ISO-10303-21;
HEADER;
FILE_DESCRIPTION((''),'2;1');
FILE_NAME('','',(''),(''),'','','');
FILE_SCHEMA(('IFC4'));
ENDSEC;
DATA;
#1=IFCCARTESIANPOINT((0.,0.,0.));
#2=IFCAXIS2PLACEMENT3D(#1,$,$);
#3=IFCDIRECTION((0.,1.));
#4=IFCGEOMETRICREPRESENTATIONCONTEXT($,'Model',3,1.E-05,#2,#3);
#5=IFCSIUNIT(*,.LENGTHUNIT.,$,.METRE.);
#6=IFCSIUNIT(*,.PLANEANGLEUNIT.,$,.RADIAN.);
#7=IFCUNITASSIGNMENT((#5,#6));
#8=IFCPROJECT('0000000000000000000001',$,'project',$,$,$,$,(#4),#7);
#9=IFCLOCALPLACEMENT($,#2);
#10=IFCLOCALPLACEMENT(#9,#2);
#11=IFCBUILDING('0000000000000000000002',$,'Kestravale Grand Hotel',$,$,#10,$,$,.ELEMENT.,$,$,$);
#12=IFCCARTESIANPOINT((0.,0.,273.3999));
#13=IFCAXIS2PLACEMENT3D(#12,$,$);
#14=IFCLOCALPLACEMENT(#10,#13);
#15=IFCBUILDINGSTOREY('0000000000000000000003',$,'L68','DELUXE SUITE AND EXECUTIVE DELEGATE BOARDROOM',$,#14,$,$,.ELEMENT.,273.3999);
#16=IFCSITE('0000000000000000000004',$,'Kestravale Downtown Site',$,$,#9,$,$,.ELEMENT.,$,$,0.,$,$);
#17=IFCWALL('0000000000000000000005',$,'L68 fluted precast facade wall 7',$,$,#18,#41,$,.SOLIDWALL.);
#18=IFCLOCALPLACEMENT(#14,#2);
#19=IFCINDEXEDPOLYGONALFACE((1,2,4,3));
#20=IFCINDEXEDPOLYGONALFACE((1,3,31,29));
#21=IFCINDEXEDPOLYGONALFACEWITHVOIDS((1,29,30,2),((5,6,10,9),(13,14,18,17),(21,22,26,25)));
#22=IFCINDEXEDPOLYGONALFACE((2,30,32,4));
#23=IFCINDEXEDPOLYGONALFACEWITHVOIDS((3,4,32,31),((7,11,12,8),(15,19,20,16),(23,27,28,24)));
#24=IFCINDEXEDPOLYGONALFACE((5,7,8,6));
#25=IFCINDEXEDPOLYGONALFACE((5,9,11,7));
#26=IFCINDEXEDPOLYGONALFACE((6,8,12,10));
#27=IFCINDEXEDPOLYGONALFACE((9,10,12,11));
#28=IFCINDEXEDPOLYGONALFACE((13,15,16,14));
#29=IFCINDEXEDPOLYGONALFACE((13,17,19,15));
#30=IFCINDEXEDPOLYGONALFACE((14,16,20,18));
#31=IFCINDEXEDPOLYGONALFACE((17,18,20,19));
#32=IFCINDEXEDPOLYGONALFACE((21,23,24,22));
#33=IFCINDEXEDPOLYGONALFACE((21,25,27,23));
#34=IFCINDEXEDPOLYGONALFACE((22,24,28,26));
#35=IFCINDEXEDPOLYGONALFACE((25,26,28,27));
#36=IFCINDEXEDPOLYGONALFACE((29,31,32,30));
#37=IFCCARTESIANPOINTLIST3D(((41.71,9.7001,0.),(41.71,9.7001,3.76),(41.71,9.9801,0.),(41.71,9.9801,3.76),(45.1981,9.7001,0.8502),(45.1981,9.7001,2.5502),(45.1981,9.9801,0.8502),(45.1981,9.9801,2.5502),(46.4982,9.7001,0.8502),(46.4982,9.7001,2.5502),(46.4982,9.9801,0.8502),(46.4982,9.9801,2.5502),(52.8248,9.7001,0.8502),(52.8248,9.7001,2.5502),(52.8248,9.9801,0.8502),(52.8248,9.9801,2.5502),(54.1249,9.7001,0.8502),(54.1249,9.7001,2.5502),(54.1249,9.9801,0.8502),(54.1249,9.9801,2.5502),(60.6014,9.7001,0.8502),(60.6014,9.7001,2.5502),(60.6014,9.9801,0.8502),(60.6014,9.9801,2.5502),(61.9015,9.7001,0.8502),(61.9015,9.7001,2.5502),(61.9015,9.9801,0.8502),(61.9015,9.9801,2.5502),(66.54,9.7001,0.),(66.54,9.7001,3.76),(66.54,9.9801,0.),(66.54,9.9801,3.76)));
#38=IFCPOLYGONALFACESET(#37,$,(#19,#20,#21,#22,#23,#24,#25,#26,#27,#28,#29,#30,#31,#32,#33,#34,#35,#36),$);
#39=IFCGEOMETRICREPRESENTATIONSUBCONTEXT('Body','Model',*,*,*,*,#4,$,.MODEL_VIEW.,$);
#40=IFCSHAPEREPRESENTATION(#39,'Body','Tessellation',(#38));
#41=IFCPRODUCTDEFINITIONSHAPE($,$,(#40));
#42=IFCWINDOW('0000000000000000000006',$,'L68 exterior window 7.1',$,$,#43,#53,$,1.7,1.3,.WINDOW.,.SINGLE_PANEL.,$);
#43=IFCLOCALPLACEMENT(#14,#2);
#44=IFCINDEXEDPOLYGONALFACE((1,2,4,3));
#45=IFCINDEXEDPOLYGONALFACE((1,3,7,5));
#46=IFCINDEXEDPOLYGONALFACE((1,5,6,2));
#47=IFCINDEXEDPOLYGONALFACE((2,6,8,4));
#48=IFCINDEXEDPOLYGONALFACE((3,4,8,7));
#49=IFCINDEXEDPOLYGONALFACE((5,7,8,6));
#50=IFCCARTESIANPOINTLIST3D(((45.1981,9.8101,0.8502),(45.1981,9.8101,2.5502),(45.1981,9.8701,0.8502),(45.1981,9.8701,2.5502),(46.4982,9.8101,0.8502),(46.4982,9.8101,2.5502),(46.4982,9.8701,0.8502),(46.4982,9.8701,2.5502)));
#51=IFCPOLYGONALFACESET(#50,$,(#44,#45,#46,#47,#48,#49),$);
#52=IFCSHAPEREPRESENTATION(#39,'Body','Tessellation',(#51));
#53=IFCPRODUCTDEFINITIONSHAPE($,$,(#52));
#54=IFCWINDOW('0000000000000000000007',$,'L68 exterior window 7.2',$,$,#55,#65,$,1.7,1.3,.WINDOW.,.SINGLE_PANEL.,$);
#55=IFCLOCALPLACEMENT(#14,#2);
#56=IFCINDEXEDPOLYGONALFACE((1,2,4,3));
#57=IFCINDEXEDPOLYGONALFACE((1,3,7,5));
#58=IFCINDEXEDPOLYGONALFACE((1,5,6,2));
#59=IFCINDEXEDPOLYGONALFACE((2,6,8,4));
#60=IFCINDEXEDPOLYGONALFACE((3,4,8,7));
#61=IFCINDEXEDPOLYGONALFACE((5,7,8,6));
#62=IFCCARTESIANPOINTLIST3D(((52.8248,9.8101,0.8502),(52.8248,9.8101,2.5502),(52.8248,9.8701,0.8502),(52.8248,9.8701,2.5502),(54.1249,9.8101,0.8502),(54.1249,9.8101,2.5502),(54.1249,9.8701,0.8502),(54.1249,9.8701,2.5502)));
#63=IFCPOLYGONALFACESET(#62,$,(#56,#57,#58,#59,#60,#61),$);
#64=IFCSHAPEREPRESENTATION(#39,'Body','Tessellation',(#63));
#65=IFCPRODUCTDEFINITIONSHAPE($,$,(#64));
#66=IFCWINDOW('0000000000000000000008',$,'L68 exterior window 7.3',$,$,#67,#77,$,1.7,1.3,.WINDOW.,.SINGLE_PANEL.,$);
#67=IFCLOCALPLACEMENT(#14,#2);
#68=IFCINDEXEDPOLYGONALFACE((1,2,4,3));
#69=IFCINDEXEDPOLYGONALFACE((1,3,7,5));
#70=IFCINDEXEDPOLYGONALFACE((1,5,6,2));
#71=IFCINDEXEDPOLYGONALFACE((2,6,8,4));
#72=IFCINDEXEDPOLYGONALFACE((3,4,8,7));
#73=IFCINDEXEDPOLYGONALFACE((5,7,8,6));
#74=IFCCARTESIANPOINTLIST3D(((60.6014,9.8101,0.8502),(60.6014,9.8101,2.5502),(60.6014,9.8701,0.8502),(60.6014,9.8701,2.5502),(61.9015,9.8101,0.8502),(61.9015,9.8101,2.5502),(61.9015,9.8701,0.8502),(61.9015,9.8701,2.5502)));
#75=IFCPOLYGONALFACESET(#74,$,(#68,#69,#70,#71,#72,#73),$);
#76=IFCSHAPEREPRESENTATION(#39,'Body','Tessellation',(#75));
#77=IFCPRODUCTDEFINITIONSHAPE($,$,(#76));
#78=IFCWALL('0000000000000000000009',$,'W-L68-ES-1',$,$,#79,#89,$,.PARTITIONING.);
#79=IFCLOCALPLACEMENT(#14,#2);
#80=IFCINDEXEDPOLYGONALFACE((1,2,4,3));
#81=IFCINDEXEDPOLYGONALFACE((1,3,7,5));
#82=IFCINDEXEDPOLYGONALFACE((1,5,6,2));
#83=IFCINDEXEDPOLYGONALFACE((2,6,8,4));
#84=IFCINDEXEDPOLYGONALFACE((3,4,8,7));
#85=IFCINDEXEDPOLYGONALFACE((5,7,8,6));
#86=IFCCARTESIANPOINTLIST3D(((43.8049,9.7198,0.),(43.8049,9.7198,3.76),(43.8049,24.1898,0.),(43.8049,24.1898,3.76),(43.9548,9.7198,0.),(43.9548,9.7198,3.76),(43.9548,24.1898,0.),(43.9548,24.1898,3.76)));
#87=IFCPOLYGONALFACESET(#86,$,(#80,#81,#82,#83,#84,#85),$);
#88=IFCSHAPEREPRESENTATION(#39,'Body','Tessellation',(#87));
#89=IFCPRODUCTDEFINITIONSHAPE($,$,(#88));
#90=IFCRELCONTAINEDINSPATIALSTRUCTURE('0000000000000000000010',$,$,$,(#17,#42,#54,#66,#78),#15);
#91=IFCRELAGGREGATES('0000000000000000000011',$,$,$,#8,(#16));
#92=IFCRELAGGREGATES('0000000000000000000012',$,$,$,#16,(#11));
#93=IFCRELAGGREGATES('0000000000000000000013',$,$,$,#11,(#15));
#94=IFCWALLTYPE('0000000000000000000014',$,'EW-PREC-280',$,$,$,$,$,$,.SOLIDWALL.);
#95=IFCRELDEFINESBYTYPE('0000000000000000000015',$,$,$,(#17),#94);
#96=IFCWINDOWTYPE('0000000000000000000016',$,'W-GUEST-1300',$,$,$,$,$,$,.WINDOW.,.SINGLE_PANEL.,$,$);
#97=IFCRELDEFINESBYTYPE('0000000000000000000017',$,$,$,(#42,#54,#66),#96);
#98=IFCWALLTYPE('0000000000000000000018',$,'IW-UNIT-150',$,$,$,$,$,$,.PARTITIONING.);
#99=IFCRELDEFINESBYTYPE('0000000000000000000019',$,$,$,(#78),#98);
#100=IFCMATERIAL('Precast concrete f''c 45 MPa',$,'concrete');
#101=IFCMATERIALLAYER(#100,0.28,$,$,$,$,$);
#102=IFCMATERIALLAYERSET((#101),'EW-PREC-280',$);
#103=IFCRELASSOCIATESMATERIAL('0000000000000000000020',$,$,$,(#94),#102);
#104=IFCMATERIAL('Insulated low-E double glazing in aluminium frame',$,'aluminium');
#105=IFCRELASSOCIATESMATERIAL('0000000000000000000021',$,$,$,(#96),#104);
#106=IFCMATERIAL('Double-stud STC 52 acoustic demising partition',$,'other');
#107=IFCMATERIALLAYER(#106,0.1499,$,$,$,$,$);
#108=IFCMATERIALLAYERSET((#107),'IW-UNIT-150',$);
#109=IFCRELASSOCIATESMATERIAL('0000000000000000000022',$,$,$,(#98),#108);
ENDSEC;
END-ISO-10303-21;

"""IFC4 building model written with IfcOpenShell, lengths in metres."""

from ifc_helpers import new_model, si_unit, direction, frame, frame_2d, origin, place, context, subcontext, project, spatial, rectangle, extrude, material, layer, layer_set, type_object, element, fill, save


model = new_model("IFC4")

# Units and contexts
model_context = context("Model", 3, precision=1e-05, world=origin(), true_north=direction((0.0, 1.0)))
body_context = subcontext(model_context, "Body", "Model", "MODEL_VIEW")
ifc_project = project(units=[si_unit("LENGTHUNIT", "METRE"), si_unit("PLANEANGLEUNIT", "RADIAN")], contexts=[model_context])

# Site, building, storey
site_placement = place(None, origin())
site = spatial("IfcSite", under=ifc_project, at=site_placement, Name="Kestravale Downtown Site", CompositionType="ELEMENT", RefElevation=0.0)
building_placement = place(site_placement, origin())
building = spatial("IfcBuilding", under=site, at=building_placement, Name="Kestravale Grand Hotel", CompositionType="ELEMENT")
storey_placement = place(building_placement, frame((0.0, 0.0, 273.3999)))
storey = spatial("IfcBuildingStorey", under=building, at=storey_placement, Name="L68", Description="DELUXE SUITE AND EXECUTIVE DELEGATE BOARDROOM", CompositionType="ELEMENT", Elevation=273.3999)

# Shared definitions
ifc_material_1 = material(Name="Precast concrete f'c 45 MPa", Category="concrete")
ifc_layer_1 = layer(ifc_material_1, 0.28)
ifc_layer_set_1 = layer_set([ifc_layer_1], Name="EW-PREC-280")
wall_type_1 = type_object("IfcWallType", Name="EW-PREC-280", PredefinedType="SOLIDWALL", material=ifc_layer_set_1)

# Shared definitions
ifc_material_2 = material(Name="Insulated low-E double glazing in aluminium frame", Category="aluminium")
window_type = type_object("IfcWindowType", Name="W-GUEST-1300", PartitioningType="SINGLE_PANEL", PredefinedType="WINDOW", material=ifc_material_2)

# Wall, openings, windows
wall_1_placement = place(storey_placement, frame((41.71, 9.8401, 0.0), z_axis=(0.0, 0.0, 1.0), x_axis=(1.0, 0.0, 0.0)))
wall_1 = element("IfcWall", 1, at=wall_1_placement, inside=storey, type_object=wall_type_1, Name="L68 fluted precast facade wall 7", PredefinedType="SOLIDWALL", context=body_context, shape_type="SweptSolid", body=[
    extrude(rectangle(XDim=24.8301, YDim=0.28, at=frame_2d((12.415, 0.0))), origin(), (0.0, 0.0, 1.0), 3.76),
])
opening_1_placement = place(wall_1_placement, frame((3.4883, 0.0, 0.8501)))
opening_1 = element("IfcOpeningElement", 2, at=opening_1_placement, cuts=wall_1, PredefinedType="OPENING", context=body_context, shape_type="SweptSolid", body=[
    extrude(rectangle(XDim=1.3, YDim=1.7, at=frame_2d((0.6499, 0.8501))), frame((0.0, 0.1499, 0.0), z_axis=(0.0, -1.0, 0.0), x_axis=(1.0, 0.0, 0.0)), (0.0, 0.0, 1.0), 0.3),
])
opening_2_placement = place(wall_1_placement, frame((11.115, 0.0, 0.8501)))
opening_2 = element("IfcOpeningElement", 3, at=opening_2_placement, cuts=wall_1, PredefinedType="OPENING", context=body_context, shape_type="SweptSolid", body=[
    extrude(rectangle(XDim=1.3, YDim=1.7, at=frame_2d((0.6499, 0.8501))), frame((0.0, 0.1499, 0.0), z_axis=(0.0, -1.0, 0.0), x_axis=(1.0, 0.0, 0.0)), (0.0, 0.0, 1.0), 0.3),
])
opening_3_placement = place(wall_1_placement, frame((18.8916, 0.0, 0.8501)))
opening_3 = element("IfcOpeningElement", 4, at=opening_3_placement, cuts=wall_1, PredefinedType="OPENING", context=body_context, shape_type="SweptSolid", body=[
    extrude(rectangle(XDim=1.3, YDim=1.7, at=frame_2d((0.6499, 0.8501))), frame((0.0, 0.1499, 0.0), z_axis=(0.0, -1.0, 0.0), x_axis=(1.0, 0.0, 0.0)), (0.0, 0.0, 1.0), 0.3),
])
window_1_placement = place(opening_1_placement, origin())
window_1 = element("IfcWindow", 5, at=window_1_placement, inside=storey, type_object=window_type, Name="L68 exterior window 7.1", OverallHeight=1.7, OverallWidth=1.3, PartitioningType="SINGLE_PANEL", PredefinedType="WINDOW", context=body_context, shape_type="SweptSolid", body=[
    extrude(rectangle(XDim=1.3, YDim=1.7, at=frame_2d((0.6499, 0.8501))), frame((0.0, 0.03, 0.0), z_axis=(0.0, -1.0, 0.0), x_axis=(1.0, 0.0, 0.0)), (0.0, 0.0, 1.0), 0.0601),
])
fill(opening_1, window_1)
window_2_placement = place(opening_2_placement, origin())
window_2 = element("IfcWindow", 6, at=window_2_placement, inside=storey, type_object=window_type, Name="L68 exterior window 7.2", OverallHeight=1.7, OverallWidth=1.3, PartitioningType="SINGLE_PANEL", PredefinedType="WINDOW", context=body_context, shape_type="SweptSolid", body=[
    extrude(rectangle(XDim=1.3, YDim=1.7, at=frame_2d((0.6499, 0.8501))), frame((0.0, 0.03, 0.0), z_axis=(0.0, -1.0, 0.0), x_axis=(1.0, 0.0, 0.0)), (0.0, 0.0, 1.0), 0.0601),
])
fill(opening_2, window_2)
window_3_placement = place(opening_3_placement, origin())
window_3 = element("IfcWindow", 7, at=window_3_placement, inside=storey, type_object=window_type, Name="L68 exterior window 7.3", OverallHeight=1.7, OverallWidth=1.3, PartitioningType="SINGLE_PANEL", PredefinedType="WINDOW", context=body_context, shape_type="SweptSolid", body=[
    extrude(rectangle(XDim=1.3, YDim=1.7, at=frame_2d((0.6499, 0.8501))), frame((0.0, 0.03, 0.0), z_axis=(0.0, -1.0, 0.0), x_axis=(1.0, 0.0, 0.0)), (0.0, 0.0, 1.0), 0.0601),
])
fill(opening_3, window_3)

# Wall
ifc_material_3 = material(Name="Double-stud STC 52 acoustic demising partition", Category="other")
ifc_layer_2 = layer(ifc_material_3, 0.1499)
ifc_layer_set_2 = layer_set([ifc_layer_2], Name="IW-UNIT-150")
wall_type_2 = type_object("IfcWallType", Name="IW-UNIT-150", PredefinedType="PARTITIONING", material=ifc_layer_set_2)
wall_2_placement = place(storey_placement, frame((43.8799, 9.72, 0.0), z_axis=(0.0, 0.0, 1.0), x_axis=(0.0, 1.0, 0.0)))
element("IfcWall", 8, at=wall_2_placement, inside=storey, type_object=wall_type_2, Name="W-L68-ES-1", PredefinedType="PARTITIONING", context=body_context, shape_type="SweptSolid", body=[
    extrude(rectangle(XDim=14.47, YDim=0.1499, at=frame_2d((7.2349, 0.0))), origin(), (0.0, 0.0, 1.0), 3.76),
])

save(model, "model.ifc")
